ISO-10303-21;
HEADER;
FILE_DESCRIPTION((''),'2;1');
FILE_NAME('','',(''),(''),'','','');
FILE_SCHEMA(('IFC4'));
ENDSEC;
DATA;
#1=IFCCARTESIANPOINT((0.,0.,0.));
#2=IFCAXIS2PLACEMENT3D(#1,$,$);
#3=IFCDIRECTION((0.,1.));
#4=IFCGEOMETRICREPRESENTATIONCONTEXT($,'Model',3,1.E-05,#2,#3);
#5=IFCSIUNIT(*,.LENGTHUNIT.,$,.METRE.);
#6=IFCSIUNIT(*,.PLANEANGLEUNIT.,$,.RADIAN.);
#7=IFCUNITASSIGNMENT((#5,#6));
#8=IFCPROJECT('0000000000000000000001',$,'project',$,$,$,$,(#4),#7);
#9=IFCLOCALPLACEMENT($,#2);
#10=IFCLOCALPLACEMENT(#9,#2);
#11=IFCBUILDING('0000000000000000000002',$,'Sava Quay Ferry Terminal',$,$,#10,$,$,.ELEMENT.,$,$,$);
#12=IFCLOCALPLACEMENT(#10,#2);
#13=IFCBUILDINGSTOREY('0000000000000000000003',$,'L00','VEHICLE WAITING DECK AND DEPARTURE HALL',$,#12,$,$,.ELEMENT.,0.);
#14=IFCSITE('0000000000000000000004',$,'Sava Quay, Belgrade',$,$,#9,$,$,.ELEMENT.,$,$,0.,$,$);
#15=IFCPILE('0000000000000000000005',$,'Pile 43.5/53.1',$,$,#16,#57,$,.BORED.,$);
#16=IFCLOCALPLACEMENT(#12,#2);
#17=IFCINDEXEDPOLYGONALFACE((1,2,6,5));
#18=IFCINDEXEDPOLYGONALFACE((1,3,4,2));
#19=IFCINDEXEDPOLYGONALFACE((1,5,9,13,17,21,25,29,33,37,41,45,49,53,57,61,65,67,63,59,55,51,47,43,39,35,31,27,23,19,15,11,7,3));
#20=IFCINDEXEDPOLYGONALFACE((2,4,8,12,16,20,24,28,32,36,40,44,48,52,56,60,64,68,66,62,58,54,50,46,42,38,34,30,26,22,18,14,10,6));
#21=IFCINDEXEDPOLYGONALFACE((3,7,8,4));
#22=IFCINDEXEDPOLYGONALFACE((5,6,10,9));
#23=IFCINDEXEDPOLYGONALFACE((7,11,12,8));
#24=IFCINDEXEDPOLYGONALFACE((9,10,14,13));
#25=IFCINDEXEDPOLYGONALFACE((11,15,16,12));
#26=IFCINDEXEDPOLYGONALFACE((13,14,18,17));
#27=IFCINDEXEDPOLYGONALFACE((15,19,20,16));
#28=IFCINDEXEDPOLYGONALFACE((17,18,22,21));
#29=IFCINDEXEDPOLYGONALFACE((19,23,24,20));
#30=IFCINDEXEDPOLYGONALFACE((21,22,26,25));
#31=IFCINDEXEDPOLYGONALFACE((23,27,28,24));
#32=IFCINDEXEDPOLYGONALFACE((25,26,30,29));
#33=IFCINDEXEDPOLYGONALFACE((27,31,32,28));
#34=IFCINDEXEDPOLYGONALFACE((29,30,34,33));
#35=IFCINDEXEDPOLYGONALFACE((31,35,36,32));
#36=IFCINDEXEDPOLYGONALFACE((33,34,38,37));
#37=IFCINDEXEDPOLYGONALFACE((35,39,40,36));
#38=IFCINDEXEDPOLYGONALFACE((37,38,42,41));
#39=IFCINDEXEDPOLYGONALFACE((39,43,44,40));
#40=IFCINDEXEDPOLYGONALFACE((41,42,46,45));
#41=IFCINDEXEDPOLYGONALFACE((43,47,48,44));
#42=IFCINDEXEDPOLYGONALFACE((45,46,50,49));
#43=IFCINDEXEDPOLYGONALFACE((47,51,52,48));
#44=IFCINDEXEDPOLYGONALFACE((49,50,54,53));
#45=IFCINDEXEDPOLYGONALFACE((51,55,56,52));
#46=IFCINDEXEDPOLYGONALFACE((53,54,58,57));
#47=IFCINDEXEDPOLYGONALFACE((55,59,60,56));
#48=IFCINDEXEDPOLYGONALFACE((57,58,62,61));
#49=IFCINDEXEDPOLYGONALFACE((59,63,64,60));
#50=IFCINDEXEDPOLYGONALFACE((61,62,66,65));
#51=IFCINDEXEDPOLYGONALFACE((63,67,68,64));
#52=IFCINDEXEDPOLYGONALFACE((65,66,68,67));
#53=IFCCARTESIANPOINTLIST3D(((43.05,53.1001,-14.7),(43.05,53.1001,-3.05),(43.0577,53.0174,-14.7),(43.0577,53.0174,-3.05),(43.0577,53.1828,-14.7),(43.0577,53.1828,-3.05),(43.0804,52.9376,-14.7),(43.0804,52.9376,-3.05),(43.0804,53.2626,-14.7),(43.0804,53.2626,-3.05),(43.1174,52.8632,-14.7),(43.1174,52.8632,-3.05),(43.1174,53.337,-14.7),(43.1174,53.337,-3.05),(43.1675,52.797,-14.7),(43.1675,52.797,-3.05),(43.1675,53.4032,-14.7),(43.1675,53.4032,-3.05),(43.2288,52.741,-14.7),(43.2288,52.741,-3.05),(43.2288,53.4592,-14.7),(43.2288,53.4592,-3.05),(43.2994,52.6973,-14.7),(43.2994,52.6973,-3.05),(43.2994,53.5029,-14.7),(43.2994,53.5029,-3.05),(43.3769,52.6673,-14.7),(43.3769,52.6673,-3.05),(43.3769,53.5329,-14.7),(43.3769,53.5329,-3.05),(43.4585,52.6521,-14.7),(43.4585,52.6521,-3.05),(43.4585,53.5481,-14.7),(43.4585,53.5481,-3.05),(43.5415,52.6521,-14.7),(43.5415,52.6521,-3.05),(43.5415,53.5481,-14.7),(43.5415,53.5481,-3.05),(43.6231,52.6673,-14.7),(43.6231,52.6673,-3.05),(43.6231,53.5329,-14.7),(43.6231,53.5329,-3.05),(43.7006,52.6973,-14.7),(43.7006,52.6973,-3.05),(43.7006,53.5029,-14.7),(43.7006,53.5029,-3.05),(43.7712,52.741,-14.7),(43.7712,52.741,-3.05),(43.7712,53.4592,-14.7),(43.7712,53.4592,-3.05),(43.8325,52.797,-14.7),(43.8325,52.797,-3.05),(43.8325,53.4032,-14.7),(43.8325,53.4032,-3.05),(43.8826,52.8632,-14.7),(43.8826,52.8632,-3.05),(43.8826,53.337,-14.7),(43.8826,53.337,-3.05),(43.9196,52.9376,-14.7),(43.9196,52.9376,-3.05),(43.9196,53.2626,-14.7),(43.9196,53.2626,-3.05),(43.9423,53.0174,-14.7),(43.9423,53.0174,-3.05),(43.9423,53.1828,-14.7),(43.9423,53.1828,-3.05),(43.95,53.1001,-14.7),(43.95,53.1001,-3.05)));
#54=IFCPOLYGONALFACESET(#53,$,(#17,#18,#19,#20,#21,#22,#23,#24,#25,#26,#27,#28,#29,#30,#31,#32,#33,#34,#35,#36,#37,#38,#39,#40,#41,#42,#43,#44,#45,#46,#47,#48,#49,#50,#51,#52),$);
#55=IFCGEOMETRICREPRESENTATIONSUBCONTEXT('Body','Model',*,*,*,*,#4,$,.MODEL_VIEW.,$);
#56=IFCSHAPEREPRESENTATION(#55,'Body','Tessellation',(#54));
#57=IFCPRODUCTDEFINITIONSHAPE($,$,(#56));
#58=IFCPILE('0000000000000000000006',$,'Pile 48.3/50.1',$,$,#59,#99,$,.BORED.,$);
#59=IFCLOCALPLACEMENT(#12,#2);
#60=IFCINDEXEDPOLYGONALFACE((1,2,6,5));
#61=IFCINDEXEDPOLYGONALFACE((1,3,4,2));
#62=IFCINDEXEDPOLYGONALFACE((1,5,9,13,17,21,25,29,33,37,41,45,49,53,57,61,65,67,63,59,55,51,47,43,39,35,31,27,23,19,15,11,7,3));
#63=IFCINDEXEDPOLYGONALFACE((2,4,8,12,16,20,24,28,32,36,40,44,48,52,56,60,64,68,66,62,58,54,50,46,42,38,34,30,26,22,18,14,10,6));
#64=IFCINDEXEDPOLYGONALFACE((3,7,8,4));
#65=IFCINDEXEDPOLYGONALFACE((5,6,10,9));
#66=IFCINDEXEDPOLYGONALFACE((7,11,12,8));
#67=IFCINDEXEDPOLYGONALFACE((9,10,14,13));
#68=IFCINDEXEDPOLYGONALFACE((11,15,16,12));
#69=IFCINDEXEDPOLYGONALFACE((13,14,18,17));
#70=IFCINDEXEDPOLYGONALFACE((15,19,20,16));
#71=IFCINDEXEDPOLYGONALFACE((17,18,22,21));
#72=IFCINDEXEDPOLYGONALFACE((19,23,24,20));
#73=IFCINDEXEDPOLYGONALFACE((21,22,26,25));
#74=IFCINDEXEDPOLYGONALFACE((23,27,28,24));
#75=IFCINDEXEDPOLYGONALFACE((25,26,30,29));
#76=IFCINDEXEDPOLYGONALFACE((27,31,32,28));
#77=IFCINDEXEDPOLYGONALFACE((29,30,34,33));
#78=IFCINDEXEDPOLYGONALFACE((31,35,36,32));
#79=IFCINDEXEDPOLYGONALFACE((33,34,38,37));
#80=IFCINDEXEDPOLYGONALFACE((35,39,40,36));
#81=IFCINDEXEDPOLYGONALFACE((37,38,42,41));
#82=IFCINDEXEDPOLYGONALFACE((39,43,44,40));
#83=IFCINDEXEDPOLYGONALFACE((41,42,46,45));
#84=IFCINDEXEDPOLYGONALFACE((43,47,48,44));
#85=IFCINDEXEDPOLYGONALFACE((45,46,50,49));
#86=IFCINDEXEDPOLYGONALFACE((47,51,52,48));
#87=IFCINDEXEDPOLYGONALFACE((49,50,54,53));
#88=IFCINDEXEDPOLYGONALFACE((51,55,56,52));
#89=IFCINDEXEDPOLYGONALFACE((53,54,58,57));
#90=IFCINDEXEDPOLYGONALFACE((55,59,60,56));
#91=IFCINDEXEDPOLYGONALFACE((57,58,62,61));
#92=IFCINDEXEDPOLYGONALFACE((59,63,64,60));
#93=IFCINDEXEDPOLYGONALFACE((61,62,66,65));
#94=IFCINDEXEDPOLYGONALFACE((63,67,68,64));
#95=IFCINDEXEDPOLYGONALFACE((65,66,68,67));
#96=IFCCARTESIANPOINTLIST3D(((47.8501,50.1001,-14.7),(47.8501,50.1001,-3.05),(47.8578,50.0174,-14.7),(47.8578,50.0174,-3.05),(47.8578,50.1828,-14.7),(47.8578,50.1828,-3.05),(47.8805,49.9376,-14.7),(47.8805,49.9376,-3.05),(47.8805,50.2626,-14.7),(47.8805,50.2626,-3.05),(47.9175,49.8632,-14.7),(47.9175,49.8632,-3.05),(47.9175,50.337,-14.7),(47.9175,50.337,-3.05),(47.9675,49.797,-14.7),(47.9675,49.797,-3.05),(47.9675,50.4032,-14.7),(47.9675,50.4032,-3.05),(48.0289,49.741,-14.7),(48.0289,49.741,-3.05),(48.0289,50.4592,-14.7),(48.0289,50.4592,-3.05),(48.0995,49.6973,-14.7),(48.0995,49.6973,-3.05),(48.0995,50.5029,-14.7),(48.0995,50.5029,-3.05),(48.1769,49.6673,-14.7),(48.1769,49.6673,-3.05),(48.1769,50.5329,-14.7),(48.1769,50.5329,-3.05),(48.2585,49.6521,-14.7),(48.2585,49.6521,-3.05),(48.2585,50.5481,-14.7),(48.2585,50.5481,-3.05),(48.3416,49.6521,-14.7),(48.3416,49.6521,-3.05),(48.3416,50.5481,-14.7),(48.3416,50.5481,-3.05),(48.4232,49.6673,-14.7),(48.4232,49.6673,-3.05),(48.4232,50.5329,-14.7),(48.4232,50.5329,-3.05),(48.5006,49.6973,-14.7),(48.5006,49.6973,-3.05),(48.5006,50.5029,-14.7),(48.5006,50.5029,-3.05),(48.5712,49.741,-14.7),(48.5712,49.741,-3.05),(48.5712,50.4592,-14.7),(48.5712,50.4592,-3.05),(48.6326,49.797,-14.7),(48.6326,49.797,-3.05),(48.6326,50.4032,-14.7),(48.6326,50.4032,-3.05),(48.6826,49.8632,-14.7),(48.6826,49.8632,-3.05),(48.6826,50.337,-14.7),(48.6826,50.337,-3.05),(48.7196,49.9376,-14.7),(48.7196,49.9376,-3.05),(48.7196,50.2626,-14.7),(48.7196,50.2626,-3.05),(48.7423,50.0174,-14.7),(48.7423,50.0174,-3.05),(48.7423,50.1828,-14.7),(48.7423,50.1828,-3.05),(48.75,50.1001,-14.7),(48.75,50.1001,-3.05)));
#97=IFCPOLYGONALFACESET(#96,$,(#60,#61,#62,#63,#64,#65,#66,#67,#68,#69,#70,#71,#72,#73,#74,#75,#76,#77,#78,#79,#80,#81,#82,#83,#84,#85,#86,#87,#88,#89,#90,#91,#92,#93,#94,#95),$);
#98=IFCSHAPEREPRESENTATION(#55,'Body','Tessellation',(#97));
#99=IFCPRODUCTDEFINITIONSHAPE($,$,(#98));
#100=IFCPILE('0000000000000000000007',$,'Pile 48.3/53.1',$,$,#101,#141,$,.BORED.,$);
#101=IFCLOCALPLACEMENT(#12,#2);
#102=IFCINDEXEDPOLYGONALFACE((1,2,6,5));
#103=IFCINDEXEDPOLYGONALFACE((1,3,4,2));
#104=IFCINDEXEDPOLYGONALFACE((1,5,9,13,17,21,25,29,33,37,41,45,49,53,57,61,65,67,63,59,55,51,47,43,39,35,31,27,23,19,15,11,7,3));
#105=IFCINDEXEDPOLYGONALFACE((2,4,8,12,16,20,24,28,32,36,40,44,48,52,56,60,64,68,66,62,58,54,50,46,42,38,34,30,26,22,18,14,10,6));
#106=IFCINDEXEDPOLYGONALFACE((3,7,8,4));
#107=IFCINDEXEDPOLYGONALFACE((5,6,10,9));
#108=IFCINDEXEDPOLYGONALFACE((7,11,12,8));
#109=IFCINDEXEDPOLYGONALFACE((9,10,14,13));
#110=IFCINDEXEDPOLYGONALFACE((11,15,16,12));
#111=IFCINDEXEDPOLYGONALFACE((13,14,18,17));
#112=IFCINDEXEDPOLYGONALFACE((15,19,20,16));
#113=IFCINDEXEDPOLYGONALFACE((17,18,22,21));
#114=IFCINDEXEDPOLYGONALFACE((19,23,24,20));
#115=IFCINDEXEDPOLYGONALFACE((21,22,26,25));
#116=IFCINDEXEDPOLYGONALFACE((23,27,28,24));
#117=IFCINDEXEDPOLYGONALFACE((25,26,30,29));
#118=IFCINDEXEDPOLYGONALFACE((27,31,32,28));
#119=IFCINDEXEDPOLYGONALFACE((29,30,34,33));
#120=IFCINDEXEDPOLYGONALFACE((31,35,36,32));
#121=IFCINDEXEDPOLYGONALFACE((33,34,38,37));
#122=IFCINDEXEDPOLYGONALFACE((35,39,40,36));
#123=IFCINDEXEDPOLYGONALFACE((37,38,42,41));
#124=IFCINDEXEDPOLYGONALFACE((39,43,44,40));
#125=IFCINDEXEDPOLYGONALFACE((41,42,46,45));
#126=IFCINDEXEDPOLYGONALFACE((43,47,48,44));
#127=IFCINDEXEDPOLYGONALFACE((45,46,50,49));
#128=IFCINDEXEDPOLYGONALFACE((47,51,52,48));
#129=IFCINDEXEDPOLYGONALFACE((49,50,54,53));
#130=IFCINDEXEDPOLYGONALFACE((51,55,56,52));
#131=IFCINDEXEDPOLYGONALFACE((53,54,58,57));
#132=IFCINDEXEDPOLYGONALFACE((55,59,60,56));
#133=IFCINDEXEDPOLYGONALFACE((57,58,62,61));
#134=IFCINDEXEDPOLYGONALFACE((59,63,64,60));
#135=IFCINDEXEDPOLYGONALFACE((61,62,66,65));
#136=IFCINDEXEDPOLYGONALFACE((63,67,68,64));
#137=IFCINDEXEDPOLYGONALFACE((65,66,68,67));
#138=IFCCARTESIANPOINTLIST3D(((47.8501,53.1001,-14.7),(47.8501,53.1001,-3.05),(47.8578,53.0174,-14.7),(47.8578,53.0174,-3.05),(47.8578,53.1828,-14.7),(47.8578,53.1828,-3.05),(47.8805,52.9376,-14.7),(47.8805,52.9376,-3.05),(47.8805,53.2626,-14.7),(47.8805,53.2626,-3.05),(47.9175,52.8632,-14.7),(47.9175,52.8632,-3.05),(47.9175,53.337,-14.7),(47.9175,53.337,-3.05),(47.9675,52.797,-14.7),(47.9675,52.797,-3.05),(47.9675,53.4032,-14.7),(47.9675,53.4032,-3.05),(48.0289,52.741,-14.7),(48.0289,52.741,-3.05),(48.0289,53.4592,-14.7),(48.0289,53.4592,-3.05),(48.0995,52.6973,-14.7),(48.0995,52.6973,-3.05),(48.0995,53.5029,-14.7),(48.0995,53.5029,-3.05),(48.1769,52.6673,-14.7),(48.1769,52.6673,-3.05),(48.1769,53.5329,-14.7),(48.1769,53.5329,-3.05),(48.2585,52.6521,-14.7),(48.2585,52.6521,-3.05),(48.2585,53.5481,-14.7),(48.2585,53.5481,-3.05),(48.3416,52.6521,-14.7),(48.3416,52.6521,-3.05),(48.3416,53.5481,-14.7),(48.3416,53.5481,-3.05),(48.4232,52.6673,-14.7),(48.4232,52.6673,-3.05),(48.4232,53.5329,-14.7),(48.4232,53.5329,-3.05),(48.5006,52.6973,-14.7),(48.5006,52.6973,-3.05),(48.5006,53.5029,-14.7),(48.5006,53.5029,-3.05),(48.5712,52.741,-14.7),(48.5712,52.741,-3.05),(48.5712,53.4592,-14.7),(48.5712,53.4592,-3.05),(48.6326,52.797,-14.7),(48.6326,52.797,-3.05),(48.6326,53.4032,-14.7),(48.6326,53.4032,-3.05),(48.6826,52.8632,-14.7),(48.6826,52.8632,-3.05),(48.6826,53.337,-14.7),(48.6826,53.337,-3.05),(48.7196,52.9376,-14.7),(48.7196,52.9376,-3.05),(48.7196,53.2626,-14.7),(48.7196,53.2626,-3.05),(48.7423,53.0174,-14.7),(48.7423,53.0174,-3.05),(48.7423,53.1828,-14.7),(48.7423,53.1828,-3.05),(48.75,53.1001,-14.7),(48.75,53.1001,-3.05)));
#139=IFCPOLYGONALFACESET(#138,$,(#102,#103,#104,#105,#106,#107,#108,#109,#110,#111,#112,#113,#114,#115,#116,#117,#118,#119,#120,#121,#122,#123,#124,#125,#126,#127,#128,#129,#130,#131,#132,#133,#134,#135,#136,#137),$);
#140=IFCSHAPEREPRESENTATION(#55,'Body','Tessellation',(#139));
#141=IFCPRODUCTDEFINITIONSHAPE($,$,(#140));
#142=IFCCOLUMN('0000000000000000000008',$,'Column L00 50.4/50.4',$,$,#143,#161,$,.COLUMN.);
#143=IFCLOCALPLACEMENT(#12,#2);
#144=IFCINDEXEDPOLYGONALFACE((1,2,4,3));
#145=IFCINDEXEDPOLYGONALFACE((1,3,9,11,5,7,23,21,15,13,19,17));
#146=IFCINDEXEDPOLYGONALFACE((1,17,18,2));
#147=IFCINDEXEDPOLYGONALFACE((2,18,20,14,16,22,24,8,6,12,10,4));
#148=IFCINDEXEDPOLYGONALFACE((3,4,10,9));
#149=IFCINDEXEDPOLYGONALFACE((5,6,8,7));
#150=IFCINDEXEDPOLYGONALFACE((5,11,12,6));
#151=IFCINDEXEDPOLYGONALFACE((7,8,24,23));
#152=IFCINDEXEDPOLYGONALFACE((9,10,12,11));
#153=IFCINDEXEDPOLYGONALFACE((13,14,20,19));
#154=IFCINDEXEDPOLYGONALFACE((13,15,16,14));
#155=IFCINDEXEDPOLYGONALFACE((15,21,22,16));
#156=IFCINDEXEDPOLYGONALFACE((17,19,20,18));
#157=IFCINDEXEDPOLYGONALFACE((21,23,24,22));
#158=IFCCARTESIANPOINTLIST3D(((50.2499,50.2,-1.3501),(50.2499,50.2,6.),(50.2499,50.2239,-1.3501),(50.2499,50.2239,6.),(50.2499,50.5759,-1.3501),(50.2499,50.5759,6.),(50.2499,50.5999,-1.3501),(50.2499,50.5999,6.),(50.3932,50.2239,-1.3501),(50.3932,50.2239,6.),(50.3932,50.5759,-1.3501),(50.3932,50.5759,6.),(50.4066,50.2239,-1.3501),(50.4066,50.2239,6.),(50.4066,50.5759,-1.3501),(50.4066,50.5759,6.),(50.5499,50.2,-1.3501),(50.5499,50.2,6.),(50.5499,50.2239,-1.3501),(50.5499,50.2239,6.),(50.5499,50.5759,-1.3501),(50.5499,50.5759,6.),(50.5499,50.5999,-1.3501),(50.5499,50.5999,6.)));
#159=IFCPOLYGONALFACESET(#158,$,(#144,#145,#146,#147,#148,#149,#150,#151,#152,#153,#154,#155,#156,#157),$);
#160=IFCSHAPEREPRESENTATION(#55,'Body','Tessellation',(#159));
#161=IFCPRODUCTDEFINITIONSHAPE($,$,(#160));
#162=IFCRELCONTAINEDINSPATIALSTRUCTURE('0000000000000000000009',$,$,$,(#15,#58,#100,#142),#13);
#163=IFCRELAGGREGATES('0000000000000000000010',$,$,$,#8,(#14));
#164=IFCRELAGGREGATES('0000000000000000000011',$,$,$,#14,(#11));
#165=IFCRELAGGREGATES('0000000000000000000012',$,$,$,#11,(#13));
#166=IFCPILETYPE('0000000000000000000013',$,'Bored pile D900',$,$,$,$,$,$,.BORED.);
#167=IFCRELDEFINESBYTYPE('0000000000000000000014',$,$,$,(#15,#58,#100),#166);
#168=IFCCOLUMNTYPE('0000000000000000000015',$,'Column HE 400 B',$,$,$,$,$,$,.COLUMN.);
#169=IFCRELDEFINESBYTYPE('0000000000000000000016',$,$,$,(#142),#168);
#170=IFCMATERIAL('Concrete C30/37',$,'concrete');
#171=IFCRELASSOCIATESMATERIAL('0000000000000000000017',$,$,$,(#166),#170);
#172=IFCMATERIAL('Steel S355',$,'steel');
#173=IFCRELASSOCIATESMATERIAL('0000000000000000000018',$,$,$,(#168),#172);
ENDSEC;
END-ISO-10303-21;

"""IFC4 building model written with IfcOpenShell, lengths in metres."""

from ifc_helpers import new_model, si_unit, direction, frame, origin, origin_2d, place, context, subcontext, project, spatial, circle, i_section, extrude, material, material_profile, profile_set, type_object, element, save


model = new_model("IFC4")

# Units and contexts
model_context = context("Model", 3, precision=1e-05, world=origin(), true_north=direction((0.0, 1.0)))
body_context = subcontext(model_context, "Body", "Model", "MODEL_VIEW")
ifc_project = project(units=[si_unit("LENGTHUNIT", "METRE"), si_unit("PLANEANGLEUNIT", "RADIAN")], contexts=[model_context])

# Site, building, storey
site_placement = place(None, origin())
site = spatial("IfcSite", under=ifc_project, at=site_placement, Name="Sava Quay, Belgrade", CompositionType="ELEMENT", RefElevation=0.0)
building_placement = place(site_placement, origin())
building = spatial("IfcBuilding", under=site, at=building_placement, Name="Sava Quay Ferry Terminal", CompositionType="ELEMENT")
storey_placement = place(building_placement, origin())
storey = spatial("IfcBuildingStorey", under=building, at=storey_placement, Name="L00", Description="VEHICLE WAITING DECK AND DEPARTURE HALL", CompositionType="ELEMENT", Elevation=0.0)

# Piles
ifc_material_1 = material(Name="Concrete C30/37", Category="concrete")
ifc_material_profile_1 = material_profile(ifc_material_1, circle(Radius=0.45, at=origin_2d()), Name="Bored pile D900")
ifc_profile_set_1 = profile_set([ifc_material_profile_1], Name="Concrete C30/37")
pile_type = type_object("IfcPileType", Name="Bored pile D900", PredefinedType="BORED", material=ifc_profile_set_1)
for number, where, z_axis, x_axis, name in (
    (1, (43.5, 53.1001, -3.05), (0.0, 0.0, -1.0), (1.0, 0.0, 0.0), "Pile 43.5/53.1"),
    (2, (48.3, 50.1001, -3.05), (0.0, 0.0, -1.0), (1.0, 0.0, 0.0), "Pile 48.3/50.1"),
    (3, (48.3, 53.1001, -3.05), (0.0, 0.0, -1.0), (1.0, 0.0, 0.0), "Pile 48.3/53.1"),
):
    element("IfcPile", number, at=place(storey_placement, frame(where, z_axis=z_axis, x_axis=x_axis)), inside=storey, type_object=pile_type, Name=name, PredefinedType="BORED", context=body_context, shape_type="SweptSolid", body=[
        extrude(circle(Radius=0.45, at=origin_2d()), origin(), (0.0, 0.0, 1.0), 11.6499),
    ])

# Column
ifc_material_2 = material(Name="Steel S355", Category="steel")
ifc_material_profile_2 = material_profile(ifc_material_2, i_section(OverallWidth=0.3, OverallDepth=0.3999, WebThickness=0.0134, FlangeThickness=0.0239, at=origin_2d()), Name="HE 400 B")
ifc_profile_set_2 = profile_set([ifc_material_profile_2], Name="Steel S355")
column_type_1 = type_object("IfcColumnType", Name="Column HE 400 B", PredefinedType="COLUMN", material=ifc_profile_set_2)
column_1_placement = place(storey_placement, frame((50.3999, 50.3999, -1.3501), z_axis=(0.0, 0.0, 1.0), x_axis=(1.0, 0.0, 0.0)))
element("IfcColumn", 4, at=column_1_placement, inside=storey, type_object=column_type_1, Name="Column L00 50.4/50.4", PredefinedType="COLUMN", context=body_context, shape_type="SweptSolid", body=[
    extrude(i_section(OverallWidth=0.3, OverallDepth=0.3999, WebThickness=0.0134, FlangeThickness=0.0239, at=origin_2d()), origin(), (0.0, 0.0, 1.0), 7.3501),
])

save(model, "model.ifc")
